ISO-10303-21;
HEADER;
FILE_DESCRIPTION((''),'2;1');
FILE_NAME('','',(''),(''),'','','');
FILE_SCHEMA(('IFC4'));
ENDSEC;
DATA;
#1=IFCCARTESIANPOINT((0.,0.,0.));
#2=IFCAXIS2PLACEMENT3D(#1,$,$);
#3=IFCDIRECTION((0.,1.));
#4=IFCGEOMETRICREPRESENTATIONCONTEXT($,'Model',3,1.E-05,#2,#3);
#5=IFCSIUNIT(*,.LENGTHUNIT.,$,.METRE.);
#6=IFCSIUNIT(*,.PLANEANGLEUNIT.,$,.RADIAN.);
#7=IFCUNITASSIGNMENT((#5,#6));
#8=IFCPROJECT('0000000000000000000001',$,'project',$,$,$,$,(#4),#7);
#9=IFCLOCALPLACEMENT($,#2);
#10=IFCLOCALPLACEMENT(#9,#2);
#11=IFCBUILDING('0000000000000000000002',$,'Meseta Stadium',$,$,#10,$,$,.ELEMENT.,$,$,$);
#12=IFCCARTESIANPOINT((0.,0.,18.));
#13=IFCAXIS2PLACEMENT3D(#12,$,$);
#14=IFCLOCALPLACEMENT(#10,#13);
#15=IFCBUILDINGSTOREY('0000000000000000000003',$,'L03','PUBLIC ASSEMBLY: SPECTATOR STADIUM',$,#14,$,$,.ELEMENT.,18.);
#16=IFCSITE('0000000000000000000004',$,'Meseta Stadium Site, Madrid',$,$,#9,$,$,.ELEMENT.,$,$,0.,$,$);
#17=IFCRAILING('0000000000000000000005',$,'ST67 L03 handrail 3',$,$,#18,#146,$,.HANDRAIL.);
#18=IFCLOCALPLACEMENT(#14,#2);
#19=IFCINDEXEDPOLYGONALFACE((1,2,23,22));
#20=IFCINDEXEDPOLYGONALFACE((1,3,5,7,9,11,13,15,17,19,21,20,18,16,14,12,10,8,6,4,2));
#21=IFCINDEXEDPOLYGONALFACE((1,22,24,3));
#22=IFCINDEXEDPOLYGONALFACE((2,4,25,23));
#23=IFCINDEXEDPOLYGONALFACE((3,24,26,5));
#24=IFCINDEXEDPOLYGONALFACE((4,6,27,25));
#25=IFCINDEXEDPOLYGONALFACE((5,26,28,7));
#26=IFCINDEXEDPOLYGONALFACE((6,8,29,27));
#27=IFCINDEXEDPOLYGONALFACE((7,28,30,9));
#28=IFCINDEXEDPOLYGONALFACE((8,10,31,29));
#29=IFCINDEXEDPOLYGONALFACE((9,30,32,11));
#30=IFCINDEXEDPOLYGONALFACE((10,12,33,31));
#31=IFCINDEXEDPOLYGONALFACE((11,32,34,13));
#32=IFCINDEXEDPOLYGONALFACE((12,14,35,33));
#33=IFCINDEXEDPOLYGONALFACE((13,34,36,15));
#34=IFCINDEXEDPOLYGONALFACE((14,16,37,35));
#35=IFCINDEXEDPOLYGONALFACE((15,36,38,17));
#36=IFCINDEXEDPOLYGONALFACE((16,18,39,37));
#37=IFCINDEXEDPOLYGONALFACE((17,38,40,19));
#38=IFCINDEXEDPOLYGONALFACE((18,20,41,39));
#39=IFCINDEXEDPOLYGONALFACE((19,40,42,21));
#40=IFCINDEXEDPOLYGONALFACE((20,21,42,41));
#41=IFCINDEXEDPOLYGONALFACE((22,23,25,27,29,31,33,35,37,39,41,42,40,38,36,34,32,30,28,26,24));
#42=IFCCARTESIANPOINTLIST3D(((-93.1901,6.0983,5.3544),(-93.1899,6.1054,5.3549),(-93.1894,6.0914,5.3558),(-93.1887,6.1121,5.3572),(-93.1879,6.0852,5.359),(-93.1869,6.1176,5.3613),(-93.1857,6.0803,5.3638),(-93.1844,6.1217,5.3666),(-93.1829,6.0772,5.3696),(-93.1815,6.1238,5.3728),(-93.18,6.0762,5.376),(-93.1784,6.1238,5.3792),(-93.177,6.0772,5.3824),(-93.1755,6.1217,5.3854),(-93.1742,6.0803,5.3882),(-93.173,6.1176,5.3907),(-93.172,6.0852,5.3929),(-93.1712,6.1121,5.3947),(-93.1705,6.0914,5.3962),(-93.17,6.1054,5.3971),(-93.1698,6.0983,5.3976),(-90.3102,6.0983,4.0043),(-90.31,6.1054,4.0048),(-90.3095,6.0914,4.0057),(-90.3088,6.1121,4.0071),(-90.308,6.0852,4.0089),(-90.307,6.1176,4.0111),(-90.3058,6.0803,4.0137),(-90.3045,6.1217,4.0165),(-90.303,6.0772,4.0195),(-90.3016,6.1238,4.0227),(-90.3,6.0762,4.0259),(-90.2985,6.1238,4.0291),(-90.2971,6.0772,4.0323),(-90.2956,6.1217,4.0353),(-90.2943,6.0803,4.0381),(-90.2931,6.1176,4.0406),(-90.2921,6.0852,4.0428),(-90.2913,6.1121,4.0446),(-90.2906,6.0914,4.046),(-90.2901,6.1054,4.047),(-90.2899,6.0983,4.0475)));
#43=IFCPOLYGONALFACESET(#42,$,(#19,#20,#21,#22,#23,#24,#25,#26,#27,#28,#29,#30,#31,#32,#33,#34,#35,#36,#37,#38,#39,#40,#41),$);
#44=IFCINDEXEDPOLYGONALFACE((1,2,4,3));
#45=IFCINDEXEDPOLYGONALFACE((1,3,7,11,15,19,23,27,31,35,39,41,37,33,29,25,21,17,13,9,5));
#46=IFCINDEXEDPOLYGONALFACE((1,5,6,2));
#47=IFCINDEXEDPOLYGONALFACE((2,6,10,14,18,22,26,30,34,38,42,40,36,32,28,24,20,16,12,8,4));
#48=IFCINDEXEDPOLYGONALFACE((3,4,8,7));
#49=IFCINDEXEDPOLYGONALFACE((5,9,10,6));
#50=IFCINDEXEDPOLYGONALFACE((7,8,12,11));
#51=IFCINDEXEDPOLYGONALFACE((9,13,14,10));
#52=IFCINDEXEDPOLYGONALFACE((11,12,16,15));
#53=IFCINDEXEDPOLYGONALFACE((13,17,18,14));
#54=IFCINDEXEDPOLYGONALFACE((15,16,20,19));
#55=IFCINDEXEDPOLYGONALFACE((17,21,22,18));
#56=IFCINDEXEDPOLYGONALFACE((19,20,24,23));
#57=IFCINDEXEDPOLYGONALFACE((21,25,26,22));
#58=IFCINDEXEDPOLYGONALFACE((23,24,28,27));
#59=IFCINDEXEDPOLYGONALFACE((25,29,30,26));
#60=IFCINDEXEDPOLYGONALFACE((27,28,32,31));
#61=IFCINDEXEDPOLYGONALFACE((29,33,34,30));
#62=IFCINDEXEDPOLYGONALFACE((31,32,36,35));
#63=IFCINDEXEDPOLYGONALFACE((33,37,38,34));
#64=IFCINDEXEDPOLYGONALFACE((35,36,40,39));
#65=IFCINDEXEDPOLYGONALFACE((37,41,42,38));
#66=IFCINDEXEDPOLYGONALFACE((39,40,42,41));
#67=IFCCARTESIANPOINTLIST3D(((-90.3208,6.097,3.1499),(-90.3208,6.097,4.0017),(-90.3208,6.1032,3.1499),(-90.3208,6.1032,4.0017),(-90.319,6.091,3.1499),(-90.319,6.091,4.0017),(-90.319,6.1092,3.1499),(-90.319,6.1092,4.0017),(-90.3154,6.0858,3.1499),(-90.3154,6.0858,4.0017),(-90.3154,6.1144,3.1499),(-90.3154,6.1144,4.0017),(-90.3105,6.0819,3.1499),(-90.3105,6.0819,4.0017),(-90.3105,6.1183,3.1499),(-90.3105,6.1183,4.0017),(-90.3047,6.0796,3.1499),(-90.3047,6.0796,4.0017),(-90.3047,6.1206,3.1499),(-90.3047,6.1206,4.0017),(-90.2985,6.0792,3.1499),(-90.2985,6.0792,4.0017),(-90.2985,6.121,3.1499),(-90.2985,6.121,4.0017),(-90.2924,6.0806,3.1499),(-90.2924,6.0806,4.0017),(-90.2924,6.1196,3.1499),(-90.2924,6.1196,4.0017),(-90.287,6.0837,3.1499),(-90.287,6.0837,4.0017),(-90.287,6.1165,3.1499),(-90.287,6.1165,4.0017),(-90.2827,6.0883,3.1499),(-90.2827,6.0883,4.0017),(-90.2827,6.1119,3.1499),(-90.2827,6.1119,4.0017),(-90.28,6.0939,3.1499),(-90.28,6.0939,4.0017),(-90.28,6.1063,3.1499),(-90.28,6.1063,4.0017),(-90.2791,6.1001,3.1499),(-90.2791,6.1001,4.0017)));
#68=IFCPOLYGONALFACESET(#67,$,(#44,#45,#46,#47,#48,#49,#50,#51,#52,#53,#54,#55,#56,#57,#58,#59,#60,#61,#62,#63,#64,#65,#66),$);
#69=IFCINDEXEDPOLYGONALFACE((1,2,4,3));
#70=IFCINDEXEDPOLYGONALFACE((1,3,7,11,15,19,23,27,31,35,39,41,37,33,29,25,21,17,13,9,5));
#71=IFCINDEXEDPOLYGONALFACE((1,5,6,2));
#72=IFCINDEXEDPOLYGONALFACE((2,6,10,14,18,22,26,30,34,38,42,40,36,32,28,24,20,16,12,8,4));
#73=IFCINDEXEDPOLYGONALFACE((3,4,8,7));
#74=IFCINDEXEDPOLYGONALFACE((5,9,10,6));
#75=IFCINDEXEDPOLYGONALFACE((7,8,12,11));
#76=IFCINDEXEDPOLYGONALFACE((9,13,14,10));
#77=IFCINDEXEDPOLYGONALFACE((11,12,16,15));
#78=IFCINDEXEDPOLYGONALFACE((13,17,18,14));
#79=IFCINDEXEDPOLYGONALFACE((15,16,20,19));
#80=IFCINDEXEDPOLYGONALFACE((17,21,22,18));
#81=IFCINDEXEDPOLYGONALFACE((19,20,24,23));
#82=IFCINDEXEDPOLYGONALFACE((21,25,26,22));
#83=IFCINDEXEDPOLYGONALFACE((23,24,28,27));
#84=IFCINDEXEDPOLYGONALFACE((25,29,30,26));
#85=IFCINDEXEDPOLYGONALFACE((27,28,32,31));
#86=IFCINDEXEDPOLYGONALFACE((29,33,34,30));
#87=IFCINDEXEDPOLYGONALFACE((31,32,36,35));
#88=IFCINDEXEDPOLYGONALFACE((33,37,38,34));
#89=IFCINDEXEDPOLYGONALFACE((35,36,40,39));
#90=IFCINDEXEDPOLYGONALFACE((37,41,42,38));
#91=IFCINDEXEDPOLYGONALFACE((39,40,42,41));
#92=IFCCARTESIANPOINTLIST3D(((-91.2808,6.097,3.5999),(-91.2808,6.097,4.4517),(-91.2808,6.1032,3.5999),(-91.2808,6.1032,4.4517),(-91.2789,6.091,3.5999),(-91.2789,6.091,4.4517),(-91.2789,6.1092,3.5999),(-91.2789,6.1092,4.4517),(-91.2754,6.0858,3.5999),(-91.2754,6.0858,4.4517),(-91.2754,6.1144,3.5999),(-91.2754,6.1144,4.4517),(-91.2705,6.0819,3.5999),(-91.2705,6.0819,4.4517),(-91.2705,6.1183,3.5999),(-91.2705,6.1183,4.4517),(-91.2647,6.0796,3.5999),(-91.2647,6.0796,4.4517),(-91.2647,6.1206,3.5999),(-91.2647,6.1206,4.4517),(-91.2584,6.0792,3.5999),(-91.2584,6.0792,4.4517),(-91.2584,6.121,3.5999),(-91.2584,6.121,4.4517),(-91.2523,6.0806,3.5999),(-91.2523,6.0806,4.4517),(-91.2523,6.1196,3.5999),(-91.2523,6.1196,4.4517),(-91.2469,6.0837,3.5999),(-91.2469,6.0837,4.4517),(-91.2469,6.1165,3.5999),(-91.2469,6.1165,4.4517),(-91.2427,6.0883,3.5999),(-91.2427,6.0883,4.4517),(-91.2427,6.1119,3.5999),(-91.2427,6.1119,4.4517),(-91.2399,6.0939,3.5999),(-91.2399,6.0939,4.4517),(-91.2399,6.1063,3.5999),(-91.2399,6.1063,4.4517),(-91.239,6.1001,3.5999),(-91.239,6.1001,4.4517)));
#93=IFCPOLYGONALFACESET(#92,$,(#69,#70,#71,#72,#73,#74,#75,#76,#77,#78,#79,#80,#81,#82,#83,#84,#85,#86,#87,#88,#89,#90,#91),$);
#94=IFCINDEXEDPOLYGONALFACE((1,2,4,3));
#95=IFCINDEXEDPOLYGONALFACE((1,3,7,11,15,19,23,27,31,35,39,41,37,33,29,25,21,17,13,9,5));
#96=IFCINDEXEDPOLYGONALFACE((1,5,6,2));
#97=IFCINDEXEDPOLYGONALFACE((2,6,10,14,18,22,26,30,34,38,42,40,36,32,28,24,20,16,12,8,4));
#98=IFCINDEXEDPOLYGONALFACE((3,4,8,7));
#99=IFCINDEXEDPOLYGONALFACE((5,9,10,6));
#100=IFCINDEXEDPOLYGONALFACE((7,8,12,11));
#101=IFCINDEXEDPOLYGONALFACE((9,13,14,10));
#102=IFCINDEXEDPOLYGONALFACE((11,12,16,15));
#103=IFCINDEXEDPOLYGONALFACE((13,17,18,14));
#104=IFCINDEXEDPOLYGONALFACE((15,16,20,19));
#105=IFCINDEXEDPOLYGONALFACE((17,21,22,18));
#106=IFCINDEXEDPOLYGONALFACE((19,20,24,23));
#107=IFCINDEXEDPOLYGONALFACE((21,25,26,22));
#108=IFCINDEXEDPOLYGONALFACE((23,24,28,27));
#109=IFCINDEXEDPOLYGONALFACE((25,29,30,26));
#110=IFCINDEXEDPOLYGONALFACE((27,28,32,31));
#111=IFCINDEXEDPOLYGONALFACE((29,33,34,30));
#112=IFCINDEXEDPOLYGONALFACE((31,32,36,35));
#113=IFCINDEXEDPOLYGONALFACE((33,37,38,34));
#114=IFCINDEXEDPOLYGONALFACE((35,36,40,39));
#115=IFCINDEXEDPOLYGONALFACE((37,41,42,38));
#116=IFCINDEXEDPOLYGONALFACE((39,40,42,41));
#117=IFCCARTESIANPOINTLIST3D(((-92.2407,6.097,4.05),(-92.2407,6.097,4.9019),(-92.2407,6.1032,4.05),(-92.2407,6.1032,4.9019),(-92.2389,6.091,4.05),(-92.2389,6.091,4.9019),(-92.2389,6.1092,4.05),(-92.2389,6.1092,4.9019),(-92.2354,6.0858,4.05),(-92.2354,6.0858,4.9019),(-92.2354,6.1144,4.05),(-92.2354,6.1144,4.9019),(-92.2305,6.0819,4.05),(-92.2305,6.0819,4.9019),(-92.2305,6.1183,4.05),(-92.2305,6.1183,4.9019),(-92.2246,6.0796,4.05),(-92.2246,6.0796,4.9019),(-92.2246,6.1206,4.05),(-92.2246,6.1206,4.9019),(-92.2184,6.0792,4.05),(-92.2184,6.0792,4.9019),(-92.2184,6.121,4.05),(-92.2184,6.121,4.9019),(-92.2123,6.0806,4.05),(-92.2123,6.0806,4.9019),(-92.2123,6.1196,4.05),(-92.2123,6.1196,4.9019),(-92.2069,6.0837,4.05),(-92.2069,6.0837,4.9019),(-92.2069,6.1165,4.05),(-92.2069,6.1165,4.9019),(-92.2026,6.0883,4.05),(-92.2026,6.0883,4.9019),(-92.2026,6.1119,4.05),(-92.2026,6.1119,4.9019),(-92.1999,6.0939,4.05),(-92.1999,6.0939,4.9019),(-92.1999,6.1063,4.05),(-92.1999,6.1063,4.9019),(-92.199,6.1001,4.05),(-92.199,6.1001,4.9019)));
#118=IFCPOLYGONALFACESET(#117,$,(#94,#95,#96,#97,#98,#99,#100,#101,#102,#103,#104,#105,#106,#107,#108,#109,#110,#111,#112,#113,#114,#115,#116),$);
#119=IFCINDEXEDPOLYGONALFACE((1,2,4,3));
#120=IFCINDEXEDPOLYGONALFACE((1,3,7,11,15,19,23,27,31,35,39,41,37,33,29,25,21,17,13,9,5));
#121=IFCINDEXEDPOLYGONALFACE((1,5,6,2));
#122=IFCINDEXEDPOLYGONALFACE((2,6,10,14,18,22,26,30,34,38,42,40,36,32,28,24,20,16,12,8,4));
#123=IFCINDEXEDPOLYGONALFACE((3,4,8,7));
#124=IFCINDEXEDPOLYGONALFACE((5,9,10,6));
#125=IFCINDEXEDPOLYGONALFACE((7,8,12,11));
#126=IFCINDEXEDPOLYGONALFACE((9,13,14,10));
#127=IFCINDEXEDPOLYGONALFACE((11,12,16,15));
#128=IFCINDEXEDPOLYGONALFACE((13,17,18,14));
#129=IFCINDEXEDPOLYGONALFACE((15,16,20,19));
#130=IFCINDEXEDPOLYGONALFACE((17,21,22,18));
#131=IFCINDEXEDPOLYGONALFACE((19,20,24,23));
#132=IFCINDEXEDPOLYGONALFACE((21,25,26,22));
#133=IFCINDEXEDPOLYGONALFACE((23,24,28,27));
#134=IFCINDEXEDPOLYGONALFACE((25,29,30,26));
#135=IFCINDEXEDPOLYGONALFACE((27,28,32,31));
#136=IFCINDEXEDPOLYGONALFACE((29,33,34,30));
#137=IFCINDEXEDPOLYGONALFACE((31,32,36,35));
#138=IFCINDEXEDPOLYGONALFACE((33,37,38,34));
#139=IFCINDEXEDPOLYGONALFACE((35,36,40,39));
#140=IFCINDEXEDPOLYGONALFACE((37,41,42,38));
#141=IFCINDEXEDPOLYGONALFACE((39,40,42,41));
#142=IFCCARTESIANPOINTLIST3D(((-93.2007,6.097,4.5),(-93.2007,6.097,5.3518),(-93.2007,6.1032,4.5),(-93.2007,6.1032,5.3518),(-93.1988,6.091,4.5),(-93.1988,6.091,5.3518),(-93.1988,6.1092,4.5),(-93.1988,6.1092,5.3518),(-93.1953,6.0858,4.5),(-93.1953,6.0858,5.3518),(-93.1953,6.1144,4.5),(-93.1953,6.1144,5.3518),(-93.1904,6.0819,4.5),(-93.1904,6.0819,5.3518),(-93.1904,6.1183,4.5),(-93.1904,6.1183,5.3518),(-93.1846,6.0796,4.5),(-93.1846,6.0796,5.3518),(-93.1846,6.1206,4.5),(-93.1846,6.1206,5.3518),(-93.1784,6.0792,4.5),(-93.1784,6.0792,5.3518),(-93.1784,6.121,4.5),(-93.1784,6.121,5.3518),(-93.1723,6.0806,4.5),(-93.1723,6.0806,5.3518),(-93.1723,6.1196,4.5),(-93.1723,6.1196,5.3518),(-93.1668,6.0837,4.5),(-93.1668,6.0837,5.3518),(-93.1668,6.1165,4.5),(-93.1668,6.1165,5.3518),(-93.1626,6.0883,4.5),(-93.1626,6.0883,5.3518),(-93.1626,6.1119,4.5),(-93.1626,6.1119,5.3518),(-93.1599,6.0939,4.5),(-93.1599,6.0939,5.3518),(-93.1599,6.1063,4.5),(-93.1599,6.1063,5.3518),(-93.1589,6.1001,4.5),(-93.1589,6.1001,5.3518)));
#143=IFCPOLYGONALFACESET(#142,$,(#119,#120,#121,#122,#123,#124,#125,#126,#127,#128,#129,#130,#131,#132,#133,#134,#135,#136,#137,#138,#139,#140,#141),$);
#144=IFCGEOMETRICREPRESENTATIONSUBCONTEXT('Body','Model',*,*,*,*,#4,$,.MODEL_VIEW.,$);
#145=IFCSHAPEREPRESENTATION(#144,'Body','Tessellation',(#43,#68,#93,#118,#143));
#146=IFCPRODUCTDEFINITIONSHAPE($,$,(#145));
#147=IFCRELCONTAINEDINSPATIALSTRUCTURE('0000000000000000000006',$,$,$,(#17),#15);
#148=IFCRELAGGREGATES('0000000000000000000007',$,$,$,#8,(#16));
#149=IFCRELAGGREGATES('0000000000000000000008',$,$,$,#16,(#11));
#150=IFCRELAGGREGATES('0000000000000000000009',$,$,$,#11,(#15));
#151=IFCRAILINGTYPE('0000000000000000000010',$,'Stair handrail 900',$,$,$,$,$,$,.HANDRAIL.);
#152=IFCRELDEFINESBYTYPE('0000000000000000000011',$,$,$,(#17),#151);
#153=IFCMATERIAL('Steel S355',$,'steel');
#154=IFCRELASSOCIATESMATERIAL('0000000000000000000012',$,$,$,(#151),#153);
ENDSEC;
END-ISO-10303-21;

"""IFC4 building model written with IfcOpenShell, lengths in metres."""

from ifc_helpers import new_model, si_unit, direction, frame, origin, origin_2d, place, context, subcontext, project, spatial, circle, extrude, material, type_object, element, save


model = new_model("IFC4")

# Units and contexts
model_context = context("Model", 3, precision=1e-05, world=origin(), true_north=direction((0.0, 1.0)))
body_context = subcontext(model_context, "Body", "Model", "MODEL_VIEW")
ifc_project = project(units=[si_unit("LENGTHUNIT", "METRE"), si_unit("PLANEANGLEUNIT", "RADIAN")], contexts=[model_context])

# Site, building, storey
site_placement = place(None, origin())
site = spatial("IfcSite", under=ifc_project, at=site_placement, Name="Meseta Stadium Site, Madrid", CompositionType="ELEMENT", RefElevation=0.0)
building_placement = place(site_placement, origin())
building = spatial("IfcBuilding", under=site, at=building_placement, Name="Meseta Stadium", CompositionType="ELEMENT")
storey_placement = place(building_placement, frame((0.0, 0.0, 18.0)))
storey = spatial("IfcBuildingStorey", under=building, at=storey_placement, Name="L03", Description="PUBLIC ASSEMBLY: SPECTATOR STADIUM", CompositionType="ELEMENT", Elevation=18.0)

# Railing
ifc_material_1 = material(Name="Steel S355", Category="steel")
railing_type_1 = type_object("IfcRailingType", Name="Stair handrail 900", PredefinedType="HANDRAIL", material=ifc_material_1)
for number, where, name in (
    (1, (-90.3, 6.1001, 3.1499), "ST67 L03 handrail 3"),
):
    element("IfcRailing", number, at=place(storey_placement, frame(where)), inside=storey, type_object=railing_type_1, Name=name, PredefinedType="HANDRAIL", context=body_context, shape_type="SweptSolid", body=[
        extrude(circle(Radius=0.0239, at=origin_2d()), frame((0.0, 0.0, 0.876), z_axis=(-0.90544, 0.0, 0.424473), x_axis=(0.0, -1.0, 0.0)), (0.0, 0.0, 1.0), 3.1807),
        extrude(circle(Radius=0.021, at=origin_2d()), origin(), (0.0, 0.0, 1.0), 0.8518),
        extrude(circle(Radius=0.021, at=origin_2d()), frame((-0.96, 0.0, 0.45)), (0.0, 0.0, 1.0), 0.8518),
        extrude(circle(Radius=0.021, at=origin_2d()), frame((-1.9199, 0.0, 0.9001)), (0.0, 0.0, 1.0), 0.8518),
        extrude(circle(Radius=0.021, at=origin_2d()), frame((-2.8799, 0.0, 1.3501)), (0.0, 0.0, 1.0), 0.8518),
    ])

save(model, "model.ifc")
